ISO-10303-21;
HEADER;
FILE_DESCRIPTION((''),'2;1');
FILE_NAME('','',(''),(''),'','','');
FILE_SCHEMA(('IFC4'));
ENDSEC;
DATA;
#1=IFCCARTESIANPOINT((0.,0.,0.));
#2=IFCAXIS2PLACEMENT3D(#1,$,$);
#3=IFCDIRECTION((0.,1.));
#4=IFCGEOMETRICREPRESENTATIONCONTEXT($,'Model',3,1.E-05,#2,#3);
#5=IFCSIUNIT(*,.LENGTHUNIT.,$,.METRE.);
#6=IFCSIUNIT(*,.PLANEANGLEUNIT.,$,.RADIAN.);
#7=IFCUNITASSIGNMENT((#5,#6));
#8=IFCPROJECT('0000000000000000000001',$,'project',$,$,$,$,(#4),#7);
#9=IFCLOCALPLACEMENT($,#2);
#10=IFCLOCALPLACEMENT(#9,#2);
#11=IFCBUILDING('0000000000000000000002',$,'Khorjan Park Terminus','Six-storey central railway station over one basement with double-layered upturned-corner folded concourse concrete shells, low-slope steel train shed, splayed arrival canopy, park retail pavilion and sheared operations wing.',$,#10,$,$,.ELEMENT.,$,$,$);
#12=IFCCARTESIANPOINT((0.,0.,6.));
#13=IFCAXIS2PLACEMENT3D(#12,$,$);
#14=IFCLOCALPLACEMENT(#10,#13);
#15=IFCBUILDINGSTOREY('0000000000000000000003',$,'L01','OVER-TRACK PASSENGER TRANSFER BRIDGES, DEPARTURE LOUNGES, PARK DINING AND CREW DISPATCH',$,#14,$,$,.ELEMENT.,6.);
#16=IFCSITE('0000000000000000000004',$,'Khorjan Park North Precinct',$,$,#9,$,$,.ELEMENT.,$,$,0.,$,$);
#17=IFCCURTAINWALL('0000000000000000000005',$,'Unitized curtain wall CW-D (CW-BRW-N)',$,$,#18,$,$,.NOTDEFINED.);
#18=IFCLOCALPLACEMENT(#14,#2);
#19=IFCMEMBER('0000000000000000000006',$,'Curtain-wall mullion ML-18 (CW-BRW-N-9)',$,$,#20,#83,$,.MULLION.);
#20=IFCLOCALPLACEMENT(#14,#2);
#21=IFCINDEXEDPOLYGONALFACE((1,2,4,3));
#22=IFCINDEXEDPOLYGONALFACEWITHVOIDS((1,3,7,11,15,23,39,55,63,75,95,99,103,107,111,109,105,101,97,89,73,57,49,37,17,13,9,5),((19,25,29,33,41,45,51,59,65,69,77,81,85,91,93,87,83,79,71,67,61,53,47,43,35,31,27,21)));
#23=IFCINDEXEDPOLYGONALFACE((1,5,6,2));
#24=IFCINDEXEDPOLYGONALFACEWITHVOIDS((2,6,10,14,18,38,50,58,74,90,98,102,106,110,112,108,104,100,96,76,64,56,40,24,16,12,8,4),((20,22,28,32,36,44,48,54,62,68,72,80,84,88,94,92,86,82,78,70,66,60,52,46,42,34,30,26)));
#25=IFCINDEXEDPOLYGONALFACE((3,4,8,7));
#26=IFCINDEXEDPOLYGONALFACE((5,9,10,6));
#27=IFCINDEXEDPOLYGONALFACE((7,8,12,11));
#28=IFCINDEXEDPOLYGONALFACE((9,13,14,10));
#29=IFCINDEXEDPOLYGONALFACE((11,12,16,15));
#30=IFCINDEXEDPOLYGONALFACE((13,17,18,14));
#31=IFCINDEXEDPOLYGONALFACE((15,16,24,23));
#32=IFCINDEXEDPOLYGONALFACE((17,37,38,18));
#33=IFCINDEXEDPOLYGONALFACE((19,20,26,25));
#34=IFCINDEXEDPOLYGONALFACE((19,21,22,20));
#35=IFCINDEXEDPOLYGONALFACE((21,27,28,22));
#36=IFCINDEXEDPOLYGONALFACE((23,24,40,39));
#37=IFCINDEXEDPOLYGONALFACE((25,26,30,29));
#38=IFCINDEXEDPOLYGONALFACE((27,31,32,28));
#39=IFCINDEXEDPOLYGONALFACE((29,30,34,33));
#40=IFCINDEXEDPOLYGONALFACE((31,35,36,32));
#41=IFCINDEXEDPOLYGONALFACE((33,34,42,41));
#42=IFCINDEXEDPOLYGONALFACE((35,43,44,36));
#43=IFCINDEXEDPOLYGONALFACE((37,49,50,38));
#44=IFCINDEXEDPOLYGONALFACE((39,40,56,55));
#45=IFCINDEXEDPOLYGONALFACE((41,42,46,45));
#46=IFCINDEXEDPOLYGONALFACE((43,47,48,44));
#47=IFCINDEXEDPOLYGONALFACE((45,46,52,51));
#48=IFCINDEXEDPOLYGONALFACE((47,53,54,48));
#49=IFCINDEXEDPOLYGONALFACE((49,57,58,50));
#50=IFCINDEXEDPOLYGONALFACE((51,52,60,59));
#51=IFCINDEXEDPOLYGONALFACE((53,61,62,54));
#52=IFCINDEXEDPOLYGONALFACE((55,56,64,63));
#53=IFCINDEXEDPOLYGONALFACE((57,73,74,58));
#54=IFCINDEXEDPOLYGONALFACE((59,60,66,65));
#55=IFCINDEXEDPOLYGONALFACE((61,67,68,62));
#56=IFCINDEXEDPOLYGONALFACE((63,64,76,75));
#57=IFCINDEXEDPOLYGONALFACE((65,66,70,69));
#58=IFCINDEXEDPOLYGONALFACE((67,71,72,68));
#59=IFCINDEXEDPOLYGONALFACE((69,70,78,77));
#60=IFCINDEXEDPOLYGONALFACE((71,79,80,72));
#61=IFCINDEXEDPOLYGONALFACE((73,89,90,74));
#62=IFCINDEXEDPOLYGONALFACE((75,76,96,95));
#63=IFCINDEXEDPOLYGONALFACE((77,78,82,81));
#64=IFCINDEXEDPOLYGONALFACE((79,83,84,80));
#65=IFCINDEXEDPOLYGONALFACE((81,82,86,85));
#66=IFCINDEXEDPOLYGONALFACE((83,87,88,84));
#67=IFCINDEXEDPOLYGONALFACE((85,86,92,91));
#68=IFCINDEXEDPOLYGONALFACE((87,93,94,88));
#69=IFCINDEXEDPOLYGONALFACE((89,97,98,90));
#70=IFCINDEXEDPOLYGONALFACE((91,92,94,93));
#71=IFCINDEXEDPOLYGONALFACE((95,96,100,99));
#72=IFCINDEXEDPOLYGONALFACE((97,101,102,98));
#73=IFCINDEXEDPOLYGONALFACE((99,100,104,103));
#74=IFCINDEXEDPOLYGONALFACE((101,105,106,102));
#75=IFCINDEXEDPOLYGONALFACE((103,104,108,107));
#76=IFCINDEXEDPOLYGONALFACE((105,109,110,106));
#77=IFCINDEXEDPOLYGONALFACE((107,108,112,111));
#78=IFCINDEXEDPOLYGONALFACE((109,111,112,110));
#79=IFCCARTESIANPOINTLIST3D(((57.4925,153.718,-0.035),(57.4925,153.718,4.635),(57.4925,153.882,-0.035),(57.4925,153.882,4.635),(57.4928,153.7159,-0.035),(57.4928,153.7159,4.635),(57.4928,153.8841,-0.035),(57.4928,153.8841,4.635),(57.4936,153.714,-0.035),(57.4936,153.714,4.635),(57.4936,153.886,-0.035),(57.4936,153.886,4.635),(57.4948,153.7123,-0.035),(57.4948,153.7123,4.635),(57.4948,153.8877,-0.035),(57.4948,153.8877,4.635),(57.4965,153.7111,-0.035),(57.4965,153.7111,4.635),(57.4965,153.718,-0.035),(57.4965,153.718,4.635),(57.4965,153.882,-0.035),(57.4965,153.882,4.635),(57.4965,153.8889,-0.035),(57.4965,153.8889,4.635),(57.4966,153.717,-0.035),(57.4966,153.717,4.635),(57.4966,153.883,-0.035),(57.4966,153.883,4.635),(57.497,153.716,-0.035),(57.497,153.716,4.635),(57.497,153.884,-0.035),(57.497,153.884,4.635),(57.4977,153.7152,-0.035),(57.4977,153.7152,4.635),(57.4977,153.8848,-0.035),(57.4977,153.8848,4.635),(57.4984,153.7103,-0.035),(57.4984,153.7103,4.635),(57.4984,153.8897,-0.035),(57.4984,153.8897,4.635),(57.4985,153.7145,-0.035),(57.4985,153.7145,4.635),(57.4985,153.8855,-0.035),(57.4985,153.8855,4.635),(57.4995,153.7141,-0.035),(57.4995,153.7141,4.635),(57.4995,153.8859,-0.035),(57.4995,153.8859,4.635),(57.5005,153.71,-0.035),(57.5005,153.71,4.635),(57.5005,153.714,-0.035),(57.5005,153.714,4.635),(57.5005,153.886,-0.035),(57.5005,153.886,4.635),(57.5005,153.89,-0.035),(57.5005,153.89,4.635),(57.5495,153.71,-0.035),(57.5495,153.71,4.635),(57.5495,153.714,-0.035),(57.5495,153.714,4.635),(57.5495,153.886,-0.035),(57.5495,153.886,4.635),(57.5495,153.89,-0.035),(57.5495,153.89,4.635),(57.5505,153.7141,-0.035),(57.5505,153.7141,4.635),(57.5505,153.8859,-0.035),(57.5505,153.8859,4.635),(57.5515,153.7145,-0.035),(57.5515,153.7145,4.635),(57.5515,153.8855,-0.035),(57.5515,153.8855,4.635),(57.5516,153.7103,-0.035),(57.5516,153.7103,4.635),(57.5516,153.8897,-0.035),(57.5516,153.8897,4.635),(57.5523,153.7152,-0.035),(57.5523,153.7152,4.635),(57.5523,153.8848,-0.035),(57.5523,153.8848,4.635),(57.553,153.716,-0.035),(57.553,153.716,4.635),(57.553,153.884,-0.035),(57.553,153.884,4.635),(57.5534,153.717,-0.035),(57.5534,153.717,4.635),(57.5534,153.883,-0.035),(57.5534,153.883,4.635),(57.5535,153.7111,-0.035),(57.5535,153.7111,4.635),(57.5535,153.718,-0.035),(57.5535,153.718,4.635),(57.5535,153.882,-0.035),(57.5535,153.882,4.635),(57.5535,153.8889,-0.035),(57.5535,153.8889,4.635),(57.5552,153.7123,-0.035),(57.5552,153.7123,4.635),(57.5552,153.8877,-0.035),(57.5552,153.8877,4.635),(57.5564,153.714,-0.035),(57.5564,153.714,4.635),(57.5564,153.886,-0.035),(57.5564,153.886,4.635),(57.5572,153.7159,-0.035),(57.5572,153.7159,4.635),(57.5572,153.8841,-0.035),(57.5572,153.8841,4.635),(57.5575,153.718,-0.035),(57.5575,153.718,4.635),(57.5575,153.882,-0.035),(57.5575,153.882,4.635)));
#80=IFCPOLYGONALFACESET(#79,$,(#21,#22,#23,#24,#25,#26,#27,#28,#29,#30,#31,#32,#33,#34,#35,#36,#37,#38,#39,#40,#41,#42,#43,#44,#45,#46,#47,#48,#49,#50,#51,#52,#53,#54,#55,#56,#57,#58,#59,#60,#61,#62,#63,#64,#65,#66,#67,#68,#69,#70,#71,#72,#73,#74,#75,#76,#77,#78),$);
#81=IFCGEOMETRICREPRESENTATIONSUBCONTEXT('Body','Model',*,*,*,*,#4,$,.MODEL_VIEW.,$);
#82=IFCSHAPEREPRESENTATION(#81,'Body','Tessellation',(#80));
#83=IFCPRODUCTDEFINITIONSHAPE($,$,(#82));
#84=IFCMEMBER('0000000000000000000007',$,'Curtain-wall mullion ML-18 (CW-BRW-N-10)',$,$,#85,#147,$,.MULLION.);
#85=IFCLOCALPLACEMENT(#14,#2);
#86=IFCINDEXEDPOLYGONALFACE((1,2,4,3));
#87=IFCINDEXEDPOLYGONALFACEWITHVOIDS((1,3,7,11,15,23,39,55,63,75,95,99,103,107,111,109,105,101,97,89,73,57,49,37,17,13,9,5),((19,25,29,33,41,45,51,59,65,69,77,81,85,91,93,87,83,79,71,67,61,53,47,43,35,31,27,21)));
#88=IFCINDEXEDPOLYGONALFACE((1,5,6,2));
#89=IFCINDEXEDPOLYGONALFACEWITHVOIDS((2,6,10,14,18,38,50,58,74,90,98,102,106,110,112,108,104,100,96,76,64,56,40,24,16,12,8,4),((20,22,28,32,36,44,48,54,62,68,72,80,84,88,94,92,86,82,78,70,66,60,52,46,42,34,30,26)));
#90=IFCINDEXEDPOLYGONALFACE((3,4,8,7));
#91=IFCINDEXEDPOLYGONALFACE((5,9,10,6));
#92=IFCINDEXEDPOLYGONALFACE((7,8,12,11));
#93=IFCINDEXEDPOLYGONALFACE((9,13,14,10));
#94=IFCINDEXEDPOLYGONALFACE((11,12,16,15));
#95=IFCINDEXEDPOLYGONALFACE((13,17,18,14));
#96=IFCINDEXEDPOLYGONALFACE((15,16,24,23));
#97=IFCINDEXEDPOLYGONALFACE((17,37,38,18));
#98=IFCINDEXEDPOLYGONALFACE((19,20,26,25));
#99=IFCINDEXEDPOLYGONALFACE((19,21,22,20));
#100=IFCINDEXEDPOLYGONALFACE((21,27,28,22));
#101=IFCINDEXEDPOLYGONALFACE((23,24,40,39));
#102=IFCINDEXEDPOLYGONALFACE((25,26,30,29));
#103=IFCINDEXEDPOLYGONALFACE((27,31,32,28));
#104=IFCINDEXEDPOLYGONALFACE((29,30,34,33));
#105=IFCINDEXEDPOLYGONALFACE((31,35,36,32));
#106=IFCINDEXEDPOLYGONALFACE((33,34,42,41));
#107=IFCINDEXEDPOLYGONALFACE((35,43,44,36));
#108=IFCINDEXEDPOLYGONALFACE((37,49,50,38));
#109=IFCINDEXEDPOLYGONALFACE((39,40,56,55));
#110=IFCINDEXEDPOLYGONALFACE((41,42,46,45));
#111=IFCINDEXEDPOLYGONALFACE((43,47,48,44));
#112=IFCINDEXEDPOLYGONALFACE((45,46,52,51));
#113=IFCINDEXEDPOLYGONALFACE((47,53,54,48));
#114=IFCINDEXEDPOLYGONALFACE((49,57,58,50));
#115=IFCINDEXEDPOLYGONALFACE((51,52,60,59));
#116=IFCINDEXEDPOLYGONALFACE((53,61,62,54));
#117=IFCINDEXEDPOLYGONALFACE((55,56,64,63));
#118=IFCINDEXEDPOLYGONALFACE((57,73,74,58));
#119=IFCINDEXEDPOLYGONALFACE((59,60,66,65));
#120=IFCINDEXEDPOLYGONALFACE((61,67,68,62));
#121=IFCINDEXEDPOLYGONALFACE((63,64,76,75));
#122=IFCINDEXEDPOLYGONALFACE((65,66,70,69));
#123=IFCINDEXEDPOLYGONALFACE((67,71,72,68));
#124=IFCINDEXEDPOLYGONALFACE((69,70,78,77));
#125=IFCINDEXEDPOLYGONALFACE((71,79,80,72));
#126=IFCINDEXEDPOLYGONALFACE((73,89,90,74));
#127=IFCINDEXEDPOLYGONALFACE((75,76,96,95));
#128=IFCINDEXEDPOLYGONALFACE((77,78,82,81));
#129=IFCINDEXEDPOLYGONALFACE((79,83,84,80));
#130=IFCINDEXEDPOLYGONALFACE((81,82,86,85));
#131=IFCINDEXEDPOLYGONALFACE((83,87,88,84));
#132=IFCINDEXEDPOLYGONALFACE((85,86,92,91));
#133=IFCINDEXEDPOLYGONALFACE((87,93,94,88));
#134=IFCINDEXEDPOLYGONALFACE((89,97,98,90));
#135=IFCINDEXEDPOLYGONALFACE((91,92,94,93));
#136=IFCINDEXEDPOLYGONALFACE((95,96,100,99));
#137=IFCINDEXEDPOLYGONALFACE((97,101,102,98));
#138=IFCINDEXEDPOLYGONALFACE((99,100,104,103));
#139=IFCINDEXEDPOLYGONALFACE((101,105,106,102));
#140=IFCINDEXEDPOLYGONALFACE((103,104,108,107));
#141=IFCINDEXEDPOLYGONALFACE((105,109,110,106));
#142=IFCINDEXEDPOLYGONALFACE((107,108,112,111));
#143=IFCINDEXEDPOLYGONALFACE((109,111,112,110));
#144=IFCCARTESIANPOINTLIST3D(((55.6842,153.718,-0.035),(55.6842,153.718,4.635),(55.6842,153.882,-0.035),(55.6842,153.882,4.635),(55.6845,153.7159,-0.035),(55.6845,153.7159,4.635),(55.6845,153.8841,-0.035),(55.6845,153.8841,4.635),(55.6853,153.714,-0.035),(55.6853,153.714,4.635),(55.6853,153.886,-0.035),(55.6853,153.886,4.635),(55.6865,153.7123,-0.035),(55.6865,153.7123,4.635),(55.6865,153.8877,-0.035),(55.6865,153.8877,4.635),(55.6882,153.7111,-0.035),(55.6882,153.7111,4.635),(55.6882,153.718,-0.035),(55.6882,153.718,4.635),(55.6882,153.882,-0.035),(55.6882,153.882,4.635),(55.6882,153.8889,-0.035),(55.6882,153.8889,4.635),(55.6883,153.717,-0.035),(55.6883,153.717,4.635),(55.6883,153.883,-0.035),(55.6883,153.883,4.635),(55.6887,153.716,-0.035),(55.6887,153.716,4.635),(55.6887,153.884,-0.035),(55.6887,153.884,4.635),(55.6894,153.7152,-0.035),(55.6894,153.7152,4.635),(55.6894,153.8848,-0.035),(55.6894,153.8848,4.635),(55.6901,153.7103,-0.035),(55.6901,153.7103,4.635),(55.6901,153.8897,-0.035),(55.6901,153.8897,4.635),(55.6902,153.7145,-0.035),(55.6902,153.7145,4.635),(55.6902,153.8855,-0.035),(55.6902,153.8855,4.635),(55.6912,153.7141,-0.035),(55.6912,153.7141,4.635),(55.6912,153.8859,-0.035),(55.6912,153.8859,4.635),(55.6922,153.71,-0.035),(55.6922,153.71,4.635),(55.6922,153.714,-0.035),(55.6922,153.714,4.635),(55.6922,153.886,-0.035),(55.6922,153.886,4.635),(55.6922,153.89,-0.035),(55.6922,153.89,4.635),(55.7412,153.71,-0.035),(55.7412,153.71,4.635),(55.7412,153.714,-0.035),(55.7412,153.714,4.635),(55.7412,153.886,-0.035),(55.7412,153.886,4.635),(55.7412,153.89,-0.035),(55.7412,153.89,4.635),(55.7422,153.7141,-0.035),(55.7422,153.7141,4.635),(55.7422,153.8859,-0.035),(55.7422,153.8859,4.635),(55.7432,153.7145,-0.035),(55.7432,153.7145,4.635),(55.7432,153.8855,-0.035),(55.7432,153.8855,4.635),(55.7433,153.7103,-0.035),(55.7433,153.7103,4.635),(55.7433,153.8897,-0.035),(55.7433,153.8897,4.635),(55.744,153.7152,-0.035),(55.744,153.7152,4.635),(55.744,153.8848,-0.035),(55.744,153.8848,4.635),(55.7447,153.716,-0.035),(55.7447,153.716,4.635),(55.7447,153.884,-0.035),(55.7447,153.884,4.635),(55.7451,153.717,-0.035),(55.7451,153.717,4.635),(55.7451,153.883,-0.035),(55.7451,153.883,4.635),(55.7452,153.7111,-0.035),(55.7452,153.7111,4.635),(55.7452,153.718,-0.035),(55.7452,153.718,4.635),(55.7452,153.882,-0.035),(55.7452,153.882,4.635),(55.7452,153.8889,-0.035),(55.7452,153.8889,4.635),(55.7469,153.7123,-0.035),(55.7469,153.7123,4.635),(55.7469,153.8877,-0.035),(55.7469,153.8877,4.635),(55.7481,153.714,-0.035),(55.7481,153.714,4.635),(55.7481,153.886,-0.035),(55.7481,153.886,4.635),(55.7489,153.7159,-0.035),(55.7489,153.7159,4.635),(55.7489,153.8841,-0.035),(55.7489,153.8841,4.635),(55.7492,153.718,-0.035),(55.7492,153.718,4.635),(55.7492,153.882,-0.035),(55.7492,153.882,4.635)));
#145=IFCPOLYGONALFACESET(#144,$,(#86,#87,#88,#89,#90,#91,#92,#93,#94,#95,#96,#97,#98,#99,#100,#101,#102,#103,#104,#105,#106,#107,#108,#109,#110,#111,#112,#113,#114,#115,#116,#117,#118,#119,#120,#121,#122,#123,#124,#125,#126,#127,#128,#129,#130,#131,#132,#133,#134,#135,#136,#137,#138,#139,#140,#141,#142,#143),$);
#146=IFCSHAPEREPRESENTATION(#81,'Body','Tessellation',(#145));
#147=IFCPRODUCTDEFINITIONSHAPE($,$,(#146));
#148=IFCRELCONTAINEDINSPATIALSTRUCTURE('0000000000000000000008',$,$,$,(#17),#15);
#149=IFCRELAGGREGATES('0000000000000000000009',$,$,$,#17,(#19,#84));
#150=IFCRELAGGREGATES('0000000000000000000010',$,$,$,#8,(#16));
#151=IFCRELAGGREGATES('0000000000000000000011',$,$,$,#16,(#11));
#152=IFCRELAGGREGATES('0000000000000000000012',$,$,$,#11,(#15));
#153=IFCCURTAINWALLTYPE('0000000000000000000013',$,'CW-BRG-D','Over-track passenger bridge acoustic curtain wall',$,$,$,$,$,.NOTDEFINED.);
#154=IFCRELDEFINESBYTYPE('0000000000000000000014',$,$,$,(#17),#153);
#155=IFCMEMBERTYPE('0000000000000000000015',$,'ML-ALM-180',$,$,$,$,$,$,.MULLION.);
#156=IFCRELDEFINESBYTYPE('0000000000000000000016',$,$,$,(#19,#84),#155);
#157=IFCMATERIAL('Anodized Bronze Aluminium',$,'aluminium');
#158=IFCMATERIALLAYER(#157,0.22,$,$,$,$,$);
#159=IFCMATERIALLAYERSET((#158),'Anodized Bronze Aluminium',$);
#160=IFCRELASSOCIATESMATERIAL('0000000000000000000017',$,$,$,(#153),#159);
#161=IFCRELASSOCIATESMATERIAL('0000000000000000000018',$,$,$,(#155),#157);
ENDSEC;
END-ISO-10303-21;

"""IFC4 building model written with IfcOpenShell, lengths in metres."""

from ifc_helpers import new_model, si_unit, direction, frame, origin, origin_2d, place, context, subcontext, project, spatial, hollow_rectangle, extrude, material, layer, layer_set, material_profile, profile_set, type_object, element, aggregate, save


model = new_model("IFC4")

# Units and contexts
model_context = context("Model", 3, precision=1e-05, world=origin(), true_north=direction((0.0, 1.0)))
body_context = subcontext(model_context, "Body", "Model", "MODEL_VIEW")
ifc_project = project(units=[si_unit("LENGTHUNIT", "METRE"), si_unit("PLANEANGLEUNIT", "RADIAN")], contexts=[model_context])

# Site, building, storey
site_placement = place(None, origin())
site = spatial("IfcSite", under=ifc_project, at=site_placement, Name="Khorjan Park North Precinct", CompositionType="ELEMENT", RefElevation=0.0)
building_placement = place(site_placement, origin())
building = spatial("IfcBuilding", under=site, at=building_placement, Name="Khorjan Park Terminus", Description="Six-storey central railway station over one basement with double-layered upturned-corner folded concourse concrete shells, low-slope steel train shed, splayed arrival canopy, park retail pavilion and sheared operations wing.", CompositionType="ELEMENT")
storey_placement = place(building_placement, frame((0.0, 0.0, 6.0)))
storey = spatial("IfcBuildingStorey", under=building, at=storey_placement, Name="L01", Description="OVER-TRACK PASSENGER TRANSFER BRIDGES, DEPARTURE LOUNGES, PARK DINING AND CREW DISPATCH", CompositionType="ELEMENT", Elevation=6.0)

# Curtain wall, members
ifc_material_1 = material(Name="Anodized Bronze Aluminium", Category="aluminium")
ifc_layer_1 = layer(ifc_material_1, 0.22)
ifc_layer_set_1 = layer_set([ifc_layer_1], Name="Anodized Bronze Aluminium")
curtain_wall_type = type_object("IfcCurtainWallType", Name="CW-BRG-D", Description="Over-track passenger bridge acoustic curtain wall", PredefinedType="NOTDEFINED", material=ifc_layer_set_1)
curtain_wall_1_placement = place(storey_placement, origin())
curtain_wall_1 = element("IfcCurtainWall", 1, at=curtain_wall_1_placement, inside=storey, type_object=curtain_wall_type, Name="Unitized curtain wall CW-D (CW-BRW-N)", PredefinedType="NOTDEFINED")
ifc_material_profile_1 = material_profile(ifc_material_1, hollow_rectangle(XDim=0.065, YDim=0.18, WallThickness=0.004, InnerFilletRadius=0.004, OuterFilletRadius=0.008, at=origin_2d()), Name="ALM 65x180x4")
ifc_profile_set_1 = profile_set([ifc_material_profile_1], Name="Anodized Bronze Aluminium")
member_type_1 = type_object("IfcMemberType", Name="ML-ALM-180", PredefinedType="MULLION", material=ifc_profile_set_1)
member_1_placement = place(storey_placement, frame((57.525, 153.8, -0.035), z_axis=(0.0, 0.0, 1.0), x_axis=(-1.0, 0.0, 0.0)))
member_1 = element("IfcMember", 2, at=member_1_placement, type_object=member_type_1, Name="Curtain-wall mullion ML-18 (CW-BRW-N-9)", PredefinedType="MULLION", context=body_context, shape_type="SweptSolid", body=[
    extrude(hollow_rectangle(XDim=0.065, YDim=0.18, WallThickness=0.004, InnerFilletRadius=0.004, OuterFilletRadius=0.008, at=origin_2d()), origin(), (0.0, 0.0, 1.0), 4.67),
])
member_2_placement = place(storey_placement, frame((55.7167, 153.8, -0.035), z_axis=(0.0, 0.0, 1.0), x_axis=(-1.0, 0.0, 0.0)))
member_2 = element("IfcMember", 3, at=member_2_placement, type_object=member_type_1, Name="Curtain-wall mullion ML-18 (CW-BRW-N-10)", PredefinedType="MULLION", context=body_context, shape_type="SweptSolid", body=[
    extrude(hollow_rectangle(XDim=0.065, YDim=0.18, WallThickness=0.004, InnerFilletRadius=0.004, OuterFilletRadius=0.008, at=origin_2d()), origin(), (0.0, 0.0, 1.0), 4.67),
])

aggregate(curtain_wall_1, [member_1, member_2])

save(model, "model.ifc")
